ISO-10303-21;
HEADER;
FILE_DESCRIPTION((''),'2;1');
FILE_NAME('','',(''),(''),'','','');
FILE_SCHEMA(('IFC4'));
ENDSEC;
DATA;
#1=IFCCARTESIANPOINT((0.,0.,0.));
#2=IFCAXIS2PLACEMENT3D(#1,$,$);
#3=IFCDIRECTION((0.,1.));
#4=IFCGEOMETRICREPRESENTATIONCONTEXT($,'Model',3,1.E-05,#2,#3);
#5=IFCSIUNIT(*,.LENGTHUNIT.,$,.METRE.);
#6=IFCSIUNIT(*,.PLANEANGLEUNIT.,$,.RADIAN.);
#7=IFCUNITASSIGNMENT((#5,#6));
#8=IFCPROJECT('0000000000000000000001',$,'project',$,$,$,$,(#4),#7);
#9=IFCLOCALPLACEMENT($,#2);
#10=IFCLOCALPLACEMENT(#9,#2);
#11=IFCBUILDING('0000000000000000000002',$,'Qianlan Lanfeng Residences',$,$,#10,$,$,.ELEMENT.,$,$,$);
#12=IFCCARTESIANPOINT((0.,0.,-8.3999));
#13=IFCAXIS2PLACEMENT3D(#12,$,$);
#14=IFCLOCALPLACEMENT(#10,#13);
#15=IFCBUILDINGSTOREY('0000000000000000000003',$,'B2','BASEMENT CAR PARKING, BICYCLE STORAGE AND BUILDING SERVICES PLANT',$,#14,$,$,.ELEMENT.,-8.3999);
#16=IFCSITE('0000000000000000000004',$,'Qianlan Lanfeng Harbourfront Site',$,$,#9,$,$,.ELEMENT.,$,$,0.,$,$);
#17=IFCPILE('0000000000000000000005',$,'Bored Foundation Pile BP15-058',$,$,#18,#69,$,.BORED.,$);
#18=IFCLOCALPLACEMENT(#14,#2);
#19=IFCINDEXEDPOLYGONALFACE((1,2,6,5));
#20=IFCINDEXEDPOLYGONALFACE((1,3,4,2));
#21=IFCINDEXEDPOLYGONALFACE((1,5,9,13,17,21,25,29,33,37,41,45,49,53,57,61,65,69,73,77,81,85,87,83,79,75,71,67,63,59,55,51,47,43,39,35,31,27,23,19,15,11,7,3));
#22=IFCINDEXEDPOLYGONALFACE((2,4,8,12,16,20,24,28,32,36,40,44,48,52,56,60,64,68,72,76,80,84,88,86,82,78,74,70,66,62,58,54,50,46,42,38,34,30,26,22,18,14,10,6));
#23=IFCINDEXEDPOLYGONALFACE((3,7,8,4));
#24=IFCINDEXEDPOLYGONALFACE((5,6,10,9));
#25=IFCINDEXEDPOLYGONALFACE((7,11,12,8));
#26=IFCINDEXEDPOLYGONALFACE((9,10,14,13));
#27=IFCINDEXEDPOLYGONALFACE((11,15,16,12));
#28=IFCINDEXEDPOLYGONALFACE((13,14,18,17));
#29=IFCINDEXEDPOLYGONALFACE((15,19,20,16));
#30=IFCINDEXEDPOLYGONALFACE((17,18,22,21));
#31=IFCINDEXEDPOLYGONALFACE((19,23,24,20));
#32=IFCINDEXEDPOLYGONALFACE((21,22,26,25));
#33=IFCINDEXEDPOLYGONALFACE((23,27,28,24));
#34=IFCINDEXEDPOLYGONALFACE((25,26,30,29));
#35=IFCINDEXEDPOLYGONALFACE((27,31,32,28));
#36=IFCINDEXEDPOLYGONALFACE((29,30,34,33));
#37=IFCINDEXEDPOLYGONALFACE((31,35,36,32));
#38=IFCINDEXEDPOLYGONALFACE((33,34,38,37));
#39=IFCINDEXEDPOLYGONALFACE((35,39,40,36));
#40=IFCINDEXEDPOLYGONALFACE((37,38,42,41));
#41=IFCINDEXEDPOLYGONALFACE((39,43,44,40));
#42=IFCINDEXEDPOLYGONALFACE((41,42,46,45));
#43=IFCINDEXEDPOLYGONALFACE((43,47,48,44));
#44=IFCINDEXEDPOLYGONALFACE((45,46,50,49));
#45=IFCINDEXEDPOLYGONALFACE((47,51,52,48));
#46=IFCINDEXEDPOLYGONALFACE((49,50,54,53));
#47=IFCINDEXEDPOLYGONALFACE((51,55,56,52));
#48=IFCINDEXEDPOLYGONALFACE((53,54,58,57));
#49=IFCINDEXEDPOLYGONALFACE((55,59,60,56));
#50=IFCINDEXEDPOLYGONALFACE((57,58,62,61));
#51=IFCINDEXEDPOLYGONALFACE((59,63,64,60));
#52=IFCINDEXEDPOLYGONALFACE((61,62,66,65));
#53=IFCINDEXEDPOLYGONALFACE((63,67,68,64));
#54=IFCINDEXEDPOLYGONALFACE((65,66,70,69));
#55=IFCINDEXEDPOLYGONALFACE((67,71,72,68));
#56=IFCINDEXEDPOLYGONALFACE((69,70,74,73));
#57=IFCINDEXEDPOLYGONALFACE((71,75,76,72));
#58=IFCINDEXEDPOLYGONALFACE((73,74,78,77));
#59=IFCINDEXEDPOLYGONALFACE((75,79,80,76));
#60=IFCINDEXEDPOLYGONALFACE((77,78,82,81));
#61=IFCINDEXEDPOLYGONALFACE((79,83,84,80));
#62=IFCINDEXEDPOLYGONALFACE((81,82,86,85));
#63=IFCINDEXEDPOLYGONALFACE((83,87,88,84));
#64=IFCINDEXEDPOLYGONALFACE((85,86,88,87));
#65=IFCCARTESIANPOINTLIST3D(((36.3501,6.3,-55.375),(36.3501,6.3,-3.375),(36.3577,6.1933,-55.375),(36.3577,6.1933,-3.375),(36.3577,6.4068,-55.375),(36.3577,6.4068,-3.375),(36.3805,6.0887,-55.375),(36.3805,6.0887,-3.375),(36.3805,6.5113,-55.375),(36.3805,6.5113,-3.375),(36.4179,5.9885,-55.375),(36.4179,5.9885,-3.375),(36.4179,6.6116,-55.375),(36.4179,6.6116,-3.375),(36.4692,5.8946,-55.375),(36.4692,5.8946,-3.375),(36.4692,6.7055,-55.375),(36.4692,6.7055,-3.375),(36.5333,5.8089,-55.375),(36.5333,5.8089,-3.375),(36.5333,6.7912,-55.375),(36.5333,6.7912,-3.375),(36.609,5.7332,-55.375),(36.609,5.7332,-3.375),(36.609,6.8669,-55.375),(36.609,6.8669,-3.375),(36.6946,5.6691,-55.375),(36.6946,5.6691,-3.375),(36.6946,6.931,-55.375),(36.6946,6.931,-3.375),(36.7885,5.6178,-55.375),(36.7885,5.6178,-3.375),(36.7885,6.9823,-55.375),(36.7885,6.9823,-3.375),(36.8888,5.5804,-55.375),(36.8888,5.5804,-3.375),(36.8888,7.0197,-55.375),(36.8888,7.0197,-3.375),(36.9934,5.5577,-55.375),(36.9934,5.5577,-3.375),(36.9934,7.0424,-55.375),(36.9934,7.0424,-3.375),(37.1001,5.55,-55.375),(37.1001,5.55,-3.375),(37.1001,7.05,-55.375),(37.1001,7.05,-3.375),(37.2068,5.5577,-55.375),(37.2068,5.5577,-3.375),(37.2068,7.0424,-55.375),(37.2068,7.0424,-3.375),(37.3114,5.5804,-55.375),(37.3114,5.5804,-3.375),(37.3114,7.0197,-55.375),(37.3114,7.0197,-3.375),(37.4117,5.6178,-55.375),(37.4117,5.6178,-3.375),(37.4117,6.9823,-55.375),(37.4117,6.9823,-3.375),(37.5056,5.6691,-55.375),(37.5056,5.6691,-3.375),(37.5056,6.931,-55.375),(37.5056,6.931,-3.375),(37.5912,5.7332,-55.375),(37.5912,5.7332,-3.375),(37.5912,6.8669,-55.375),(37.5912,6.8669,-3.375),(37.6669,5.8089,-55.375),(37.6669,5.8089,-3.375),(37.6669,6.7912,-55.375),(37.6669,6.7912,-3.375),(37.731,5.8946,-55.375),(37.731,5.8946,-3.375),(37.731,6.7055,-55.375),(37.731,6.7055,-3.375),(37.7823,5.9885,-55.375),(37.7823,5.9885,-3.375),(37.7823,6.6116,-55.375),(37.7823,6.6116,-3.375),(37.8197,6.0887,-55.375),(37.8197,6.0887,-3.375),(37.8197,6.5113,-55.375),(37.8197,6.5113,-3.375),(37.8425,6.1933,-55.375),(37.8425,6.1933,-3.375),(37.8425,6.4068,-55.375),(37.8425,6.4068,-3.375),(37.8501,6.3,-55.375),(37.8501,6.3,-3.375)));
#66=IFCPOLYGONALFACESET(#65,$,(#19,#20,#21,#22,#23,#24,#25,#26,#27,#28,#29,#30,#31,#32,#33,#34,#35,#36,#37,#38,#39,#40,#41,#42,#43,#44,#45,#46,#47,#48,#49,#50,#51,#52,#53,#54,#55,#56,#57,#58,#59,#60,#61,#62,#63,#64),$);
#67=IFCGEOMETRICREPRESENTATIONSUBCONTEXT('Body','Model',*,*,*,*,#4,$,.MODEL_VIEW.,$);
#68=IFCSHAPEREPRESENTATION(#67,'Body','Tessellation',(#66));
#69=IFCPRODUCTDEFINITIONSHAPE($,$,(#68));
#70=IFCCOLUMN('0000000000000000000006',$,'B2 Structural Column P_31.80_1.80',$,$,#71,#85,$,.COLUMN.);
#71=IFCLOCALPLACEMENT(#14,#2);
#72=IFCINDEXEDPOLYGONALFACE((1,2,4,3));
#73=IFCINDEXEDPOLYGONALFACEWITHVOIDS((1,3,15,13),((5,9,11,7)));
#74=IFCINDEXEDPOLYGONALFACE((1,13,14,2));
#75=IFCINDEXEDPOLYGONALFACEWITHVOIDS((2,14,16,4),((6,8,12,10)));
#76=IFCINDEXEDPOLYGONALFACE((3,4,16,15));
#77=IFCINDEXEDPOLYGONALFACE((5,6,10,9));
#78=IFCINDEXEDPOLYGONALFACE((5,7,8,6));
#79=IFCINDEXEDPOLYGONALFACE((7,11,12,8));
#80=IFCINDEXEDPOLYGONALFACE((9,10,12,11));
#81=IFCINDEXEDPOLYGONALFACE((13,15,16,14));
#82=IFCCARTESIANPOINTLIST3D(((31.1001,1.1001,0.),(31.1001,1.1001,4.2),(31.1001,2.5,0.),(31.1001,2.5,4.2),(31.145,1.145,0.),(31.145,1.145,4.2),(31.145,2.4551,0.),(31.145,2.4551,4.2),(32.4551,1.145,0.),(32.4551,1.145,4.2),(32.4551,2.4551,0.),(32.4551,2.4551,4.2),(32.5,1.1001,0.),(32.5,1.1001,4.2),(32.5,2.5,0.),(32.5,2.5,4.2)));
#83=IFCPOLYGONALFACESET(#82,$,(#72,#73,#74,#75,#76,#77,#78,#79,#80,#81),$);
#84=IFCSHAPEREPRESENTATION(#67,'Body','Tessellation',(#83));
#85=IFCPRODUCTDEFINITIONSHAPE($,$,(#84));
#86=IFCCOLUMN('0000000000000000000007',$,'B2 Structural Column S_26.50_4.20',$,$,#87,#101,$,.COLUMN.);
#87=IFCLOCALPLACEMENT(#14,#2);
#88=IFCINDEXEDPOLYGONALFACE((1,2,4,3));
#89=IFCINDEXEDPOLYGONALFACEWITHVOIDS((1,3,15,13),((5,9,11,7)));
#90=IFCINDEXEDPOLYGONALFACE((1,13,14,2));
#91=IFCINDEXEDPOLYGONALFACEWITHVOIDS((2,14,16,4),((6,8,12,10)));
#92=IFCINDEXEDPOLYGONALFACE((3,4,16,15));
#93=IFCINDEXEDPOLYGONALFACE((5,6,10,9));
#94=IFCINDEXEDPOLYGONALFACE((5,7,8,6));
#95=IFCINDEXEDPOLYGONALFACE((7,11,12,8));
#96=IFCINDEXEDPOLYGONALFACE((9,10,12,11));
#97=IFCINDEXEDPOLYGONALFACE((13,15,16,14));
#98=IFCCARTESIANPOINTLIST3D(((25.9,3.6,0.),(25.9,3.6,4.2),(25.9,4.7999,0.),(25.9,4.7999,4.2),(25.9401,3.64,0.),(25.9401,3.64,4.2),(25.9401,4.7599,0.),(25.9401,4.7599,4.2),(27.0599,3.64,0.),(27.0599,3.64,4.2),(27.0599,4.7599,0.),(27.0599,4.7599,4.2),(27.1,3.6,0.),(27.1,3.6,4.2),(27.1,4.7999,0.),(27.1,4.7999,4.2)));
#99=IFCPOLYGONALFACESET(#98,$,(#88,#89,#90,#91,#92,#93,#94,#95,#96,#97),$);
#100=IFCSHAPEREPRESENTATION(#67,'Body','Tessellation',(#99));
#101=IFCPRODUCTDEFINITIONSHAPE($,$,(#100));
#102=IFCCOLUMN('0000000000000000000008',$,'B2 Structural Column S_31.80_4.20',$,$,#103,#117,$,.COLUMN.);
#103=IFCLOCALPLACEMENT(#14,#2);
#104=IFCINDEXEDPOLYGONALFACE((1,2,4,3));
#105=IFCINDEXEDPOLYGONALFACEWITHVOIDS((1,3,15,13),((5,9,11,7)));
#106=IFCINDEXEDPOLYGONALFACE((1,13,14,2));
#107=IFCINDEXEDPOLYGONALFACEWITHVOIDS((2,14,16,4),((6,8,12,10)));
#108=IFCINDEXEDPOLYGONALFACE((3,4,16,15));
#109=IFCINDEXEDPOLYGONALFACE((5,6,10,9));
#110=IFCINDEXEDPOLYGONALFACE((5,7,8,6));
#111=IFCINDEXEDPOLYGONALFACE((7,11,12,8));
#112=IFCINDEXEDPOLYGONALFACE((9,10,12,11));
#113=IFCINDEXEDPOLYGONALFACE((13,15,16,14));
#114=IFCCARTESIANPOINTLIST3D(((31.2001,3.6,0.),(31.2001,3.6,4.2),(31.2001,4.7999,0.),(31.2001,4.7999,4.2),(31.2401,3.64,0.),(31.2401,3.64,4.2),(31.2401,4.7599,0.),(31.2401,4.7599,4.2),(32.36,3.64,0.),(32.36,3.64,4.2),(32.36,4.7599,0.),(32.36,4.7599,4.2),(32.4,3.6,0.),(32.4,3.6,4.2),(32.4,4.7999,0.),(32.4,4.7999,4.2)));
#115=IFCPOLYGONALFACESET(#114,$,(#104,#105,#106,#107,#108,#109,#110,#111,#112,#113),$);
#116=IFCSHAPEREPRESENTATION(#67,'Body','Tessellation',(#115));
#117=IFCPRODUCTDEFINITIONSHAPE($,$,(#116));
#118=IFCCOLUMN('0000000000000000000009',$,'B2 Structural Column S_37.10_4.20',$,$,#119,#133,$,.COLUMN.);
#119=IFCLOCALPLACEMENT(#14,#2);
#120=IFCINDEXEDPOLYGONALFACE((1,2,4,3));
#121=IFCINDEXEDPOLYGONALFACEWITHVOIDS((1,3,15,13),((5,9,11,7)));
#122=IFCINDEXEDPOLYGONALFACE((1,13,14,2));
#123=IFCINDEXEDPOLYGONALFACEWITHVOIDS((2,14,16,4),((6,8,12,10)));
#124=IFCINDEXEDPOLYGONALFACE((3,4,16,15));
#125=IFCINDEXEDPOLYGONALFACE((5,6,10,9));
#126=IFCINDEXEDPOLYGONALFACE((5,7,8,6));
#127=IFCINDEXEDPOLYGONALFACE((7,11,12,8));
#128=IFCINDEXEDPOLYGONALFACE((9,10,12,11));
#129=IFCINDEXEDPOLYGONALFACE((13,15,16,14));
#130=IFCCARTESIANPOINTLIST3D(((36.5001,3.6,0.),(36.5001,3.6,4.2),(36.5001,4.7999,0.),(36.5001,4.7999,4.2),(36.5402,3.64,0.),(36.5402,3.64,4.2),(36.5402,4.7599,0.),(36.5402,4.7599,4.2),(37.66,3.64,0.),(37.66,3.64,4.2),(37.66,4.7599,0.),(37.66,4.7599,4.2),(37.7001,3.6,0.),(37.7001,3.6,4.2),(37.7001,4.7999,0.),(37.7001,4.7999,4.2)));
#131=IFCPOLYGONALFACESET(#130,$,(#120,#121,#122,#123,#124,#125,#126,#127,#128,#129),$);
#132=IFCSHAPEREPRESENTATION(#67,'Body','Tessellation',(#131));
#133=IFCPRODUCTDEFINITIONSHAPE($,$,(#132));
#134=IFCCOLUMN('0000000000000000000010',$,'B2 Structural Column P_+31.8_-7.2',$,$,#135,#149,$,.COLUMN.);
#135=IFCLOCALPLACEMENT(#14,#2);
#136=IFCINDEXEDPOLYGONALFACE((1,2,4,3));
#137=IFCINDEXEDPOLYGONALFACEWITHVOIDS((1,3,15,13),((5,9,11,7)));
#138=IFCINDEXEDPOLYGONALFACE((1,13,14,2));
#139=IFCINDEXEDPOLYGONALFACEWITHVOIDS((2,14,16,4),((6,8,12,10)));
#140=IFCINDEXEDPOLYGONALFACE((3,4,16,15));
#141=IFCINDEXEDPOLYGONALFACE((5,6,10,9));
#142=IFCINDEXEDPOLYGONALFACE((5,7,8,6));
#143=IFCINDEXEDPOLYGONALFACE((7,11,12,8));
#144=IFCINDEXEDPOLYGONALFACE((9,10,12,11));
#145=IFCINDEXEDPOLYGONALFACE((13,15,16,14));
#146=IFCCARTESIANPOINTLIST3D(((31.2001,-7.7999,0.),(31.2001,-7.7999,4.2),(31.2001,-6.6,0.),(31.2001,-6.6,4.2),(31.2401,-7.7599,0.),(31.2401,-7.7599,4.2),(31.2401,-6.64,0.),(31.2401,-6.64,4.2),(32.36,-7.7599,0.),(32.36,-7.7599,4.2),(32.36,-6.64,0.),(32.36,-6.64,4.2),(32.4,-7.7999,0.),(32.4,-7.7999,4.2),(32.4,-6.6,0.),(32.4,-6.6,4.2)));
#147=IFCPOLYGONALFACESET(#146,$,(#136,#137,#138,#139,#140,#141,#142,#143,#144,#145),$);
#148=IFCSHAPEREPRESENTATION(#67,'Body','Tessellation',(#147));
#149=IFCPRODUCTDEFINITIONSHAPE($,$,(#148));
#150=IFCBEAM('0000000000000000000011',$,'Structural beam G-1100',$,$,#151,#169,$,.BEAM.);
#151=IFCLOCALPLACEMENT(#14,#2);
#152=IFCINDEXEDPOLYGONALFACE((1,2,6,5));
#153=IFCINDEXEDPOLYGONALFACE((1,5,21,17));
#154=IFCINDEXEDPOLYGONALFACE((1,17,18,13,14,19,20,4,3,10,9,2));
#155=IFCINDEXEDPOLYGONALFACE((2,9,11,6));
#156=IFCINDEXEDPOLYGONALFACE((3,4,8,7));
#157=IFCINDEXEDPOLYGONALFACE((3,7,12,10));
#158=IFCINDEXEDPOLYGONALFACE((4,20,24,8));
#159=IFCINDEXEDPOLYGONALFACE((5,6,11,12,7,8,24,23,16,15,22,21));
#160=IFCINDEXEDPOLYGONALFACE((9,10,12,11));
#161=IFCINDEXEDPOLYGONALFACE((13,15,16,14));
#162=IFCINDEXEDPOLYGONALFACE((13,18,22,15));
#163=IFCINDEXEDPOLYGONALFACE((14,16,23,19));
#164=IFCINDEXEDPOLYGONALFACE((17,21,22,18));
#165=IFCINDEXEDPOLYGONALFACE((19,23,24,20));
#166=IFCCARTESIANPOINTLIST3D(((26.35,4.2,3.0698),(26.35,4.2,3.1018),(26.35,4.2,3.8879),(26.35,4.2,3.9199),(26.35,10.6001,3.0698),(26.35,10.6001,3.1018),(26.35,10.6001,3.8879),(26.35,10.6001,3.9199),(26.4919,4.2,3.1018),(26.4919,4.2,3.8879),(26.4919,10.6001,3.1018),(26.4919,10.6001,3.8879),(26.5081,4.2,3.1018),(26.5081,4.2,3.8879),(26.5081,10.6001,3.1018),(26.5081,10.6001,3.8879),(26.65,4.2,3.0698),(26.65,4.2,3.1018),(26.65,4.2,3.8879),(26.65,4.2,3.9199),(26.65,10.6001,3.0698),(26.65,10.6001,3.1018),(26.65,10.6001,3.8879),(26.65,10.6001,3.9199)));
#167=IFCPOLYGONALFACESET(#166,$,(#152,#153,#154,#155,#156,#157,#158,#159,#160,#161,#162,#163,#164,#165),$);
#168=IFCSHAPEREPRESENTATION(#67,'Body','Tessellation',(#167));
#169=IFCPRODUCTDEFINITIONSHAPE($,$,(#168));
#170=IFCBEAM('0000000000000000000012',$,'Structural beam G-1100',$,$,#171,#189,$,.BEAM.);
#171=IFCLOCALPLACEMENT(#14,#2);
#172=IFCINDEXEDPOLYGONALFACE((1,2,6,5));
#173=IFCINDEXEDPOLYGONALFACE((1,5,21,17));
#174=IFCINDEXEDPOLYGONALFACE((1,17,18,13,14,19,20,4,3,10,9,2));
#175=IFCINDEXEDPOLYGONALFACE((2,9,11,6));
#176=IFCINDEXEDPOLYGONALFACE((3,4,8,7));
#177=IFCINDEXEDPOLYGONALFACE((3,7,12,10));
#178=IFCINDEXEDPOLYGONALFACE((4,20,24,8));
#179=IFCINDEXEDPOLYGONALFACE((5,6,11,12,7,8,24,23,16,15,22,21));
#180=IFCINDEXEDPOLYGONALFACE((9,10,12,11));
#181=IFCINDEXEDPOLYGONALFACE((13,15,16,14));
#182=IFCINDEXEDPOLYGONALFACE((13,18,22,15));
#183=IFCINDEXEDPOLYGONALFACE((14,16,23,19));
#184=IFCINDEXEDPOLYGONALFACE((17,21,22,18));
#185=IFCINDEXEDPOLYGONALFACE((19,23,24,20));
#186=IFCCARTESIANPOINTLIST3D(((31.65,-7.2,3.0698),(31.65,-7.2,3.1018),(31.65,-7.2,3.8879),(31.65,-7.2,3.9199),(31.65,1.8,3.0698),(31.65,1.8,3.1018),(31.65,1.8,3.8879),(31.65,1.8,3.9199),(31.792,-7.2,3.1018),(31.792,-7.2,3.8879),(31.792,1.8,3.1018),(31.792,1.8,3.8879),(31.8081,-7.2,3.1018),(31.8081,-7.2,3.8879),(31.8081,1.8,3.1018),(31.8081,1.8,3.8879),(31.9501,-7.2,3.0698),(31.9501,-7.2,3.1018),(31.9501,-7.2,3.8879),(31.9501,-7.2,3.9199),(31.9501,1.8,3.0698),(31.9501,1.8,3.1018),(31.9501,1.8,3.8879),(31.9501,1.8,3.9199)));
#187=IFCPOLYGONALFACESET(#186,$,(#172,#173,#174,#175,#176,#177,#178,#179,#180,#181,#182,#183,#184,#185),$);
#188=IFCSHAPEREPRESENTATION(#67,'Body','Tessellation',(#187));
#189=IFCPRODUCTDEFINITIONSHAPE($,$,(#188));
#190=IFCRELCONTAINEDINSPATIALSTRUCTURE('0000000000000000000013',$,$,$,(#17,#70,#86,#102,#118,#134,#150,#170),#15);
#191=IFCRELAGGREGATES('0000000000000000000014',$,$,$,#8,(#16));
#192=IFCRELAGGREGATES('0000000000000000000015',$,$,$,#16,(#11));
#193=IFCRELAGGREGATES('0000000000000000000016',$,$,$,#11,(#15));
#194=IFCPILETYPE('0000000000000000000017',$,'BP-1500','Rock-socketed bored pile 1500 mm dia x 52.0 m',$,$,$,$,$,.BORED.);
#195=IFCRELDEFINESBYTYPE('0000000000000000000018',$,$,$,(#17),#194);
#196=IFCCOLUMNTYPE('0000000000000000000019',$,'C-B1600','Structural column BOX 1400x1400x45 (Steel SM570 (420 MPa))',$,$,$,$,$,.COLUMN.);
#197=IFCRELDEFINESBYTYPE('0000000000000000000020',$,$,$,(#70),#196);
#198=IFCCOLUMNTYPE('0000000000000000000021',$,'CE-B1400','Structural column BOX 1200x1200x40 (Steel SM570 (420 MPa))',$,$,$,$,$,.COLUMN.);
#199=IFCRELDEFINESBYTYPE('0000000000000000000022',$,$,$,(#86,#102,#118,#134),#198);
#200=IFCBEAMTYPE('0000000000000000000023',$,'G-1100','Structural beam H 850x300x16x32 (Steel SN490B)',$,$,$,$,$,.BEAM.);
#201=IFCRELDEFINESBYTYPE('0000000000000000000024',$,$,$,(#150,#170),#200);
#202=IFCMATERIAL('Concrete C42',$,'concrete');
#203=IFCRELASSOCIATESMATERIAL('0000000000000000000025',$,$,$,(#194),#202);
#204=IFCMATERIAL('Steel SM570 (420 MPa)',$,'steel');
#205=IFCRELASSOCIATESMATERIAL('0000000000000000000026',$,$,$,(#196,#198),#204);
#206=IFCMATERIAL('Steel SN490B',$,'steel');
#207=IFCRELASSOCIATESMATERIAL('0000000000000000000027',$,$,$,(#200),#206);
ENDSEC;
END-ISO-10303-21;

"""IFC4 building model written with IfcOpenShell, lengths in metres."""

from ifc_helpers import new_model, si_unit, direction, frame, origin, origin_2d, place, context, subcontext, project, spatial, hollow_rectangle, circle, i_section, extrude, material, material_profile, profile_set, type_object, element, save


model = new_model("IFC4")

# Units and contexts
model_context = context("Model", 3, precision=1e-05, world=origin(), true_north=direction((0.0, 1.0)))
body_context = subcontext(model_context, "Body", "Model", "MODEL_VIEW")
ifc_project = project(units=[si_unit("LENGTHUNIT", "METRE"), si_unit("PLANEANGLEUNIT", "RADIAN")], contexts=[model_context])

# Site, building, storey
site_placement = place(None, origin())
site = spatial("IfcSite", under=ifc_project, at=site_placement, Name="Qianlan Lanfeng Harbourfront Site", CompositionType="ELEMENT", RefElevation=0.0)
building_placement = place(site_placement, origin())
building = spatial("IfcBuilding", under=site, at=building_placement, Name="Qianlan Lanfeng Residences", CompositionType="ELEMENT")
storey_placement = place(building_placement, frame((0.0, 0.0, -8.3999)))
storey = spatial("IfcBuildingStorey", under=building, at=storey_placement, Name="B2", Description="BASEMENT CAR PARKING, BICYCLE STORAGE AND BUILDING SERVICES PLANT", CompositionType="ELEMENT", Elevation=-8.3999)

# Pile
ifc_material_1 = material(Name="Concrete C42", Category="concrete")
ifc_material_profile_1 = material_profile(ifc_material_1, circle(Radius=0.75, at=origin_2d()), Name="PILE D1500")
ifc_profile_set_1 = profile_set([ifc_material_profile_1], Name="Concrete C42")
pile_type_1 = type_object("IfcPileType", Name="BP-1500", Description="Rock-socketed bored pile 1500 mm dia x 52.0 m", PredefinedType="BORED", material=ifc_profile_set_1)
for number, where, z_axis, x_axis, name in (
    (1, (37.1001, 6.3, -3.375), (0.0, 0.0, -1.0), (1.0, 0.0, 0.0), "Bored Foundation Pile BP15-058"),
):
    element("IfcPile", number, at=place(storey_placement, frame(where, z_axis=z_axis, x_axis=x_axis)), inside=storey, type_object=pile_type_1, Name=name, PredefinedType="BORED", context=body_context, shape_type="SweptSolid", body=[
        extrude(circle(Radius=0.75, at=origin_2d()), origin(), (0.0, 0.0, 1.0), 52.0),
    ])

# Columns
ifc_material_2 = material(Name="Steel SM570 (420 MPa)", Category="steel")
ifc_material_profile_2 = material_profile(ifc_material_2, hollow_rectangle(XDim=1.3999, YDim=1.3999, WallThickness=0.0449, at=origin_2d()), Name="BOX 1400x1400x45")
ifc_profile_set_2 = profile_set([ifc_material_profile_2], Name="Steel SM570 (420 MPa)")
column_type_1 = type_object("IfcColumnType", Name="C-B1600", Description="Structural column BOX 1400x1400x45 (Steel SM570 (420 MPa))", PredefinedType="COLUMN", material=ifc_profile_set_2)
column_placement = place(storey_placement, frame((31.8, 1.8, 0.0), z_axis=(0.0, 0.0, 1.0), x_axis=(1.0, 0.0, 0.0)))
element("IfcColumn", 2, at=column_placement, inside=storey, type_object=column_type_1, Name="B2 Structural Column P_31.80_1.80", PredefinedType="COLUMN", context=body_context, shape_type="SweptSolid", body=[
    extrude(hollow_rectangle(XDim=1.3999, YDim=1.3999, WallThickness=0.0449, at=origin_2d()), origin(), (0.0, 0.0, 1.0), 4.2),
])
ifc_material_profile_3 = material_profile(ifc_material_2, hollow_rectangle(XDim=1.2, YDim=1.2, WallThickness=0.04, at=origin_2d()), Name="BOX 1200x1200x40")
ifc_profile_set_3 = profile_set([ifc_material_profile_3], Name="Steel SM570 (420 MPa)")
column_type_2 = type_object("IfcColumnType", Name="CE-B1400", Description="Structural column BOX 1200x1200x40 (Steel SM570 (420 MPa))", PredefinedType="COLUMN", material=ifc_profile_set_3)
for number, where, z_axis, x_axis, name in (
    (3, (26.5, 4.2, 0.0), (0.0, 0.0, 1.0), (1.0, 0.0, 0.0), "B2 Structural Column S_26.50_4.20"),
    (4, (31.8, 4.2, 0.0), (0.0, 0.0, 1.0), (1.0, 0.0, 0.0), "B2 Structural Column S_31.80_4.20"),
    (5, (37.1001, 4.2, 0.0), (0.0, 0.0, 1.0), (1.0, 0.0, 0.0), "B2 Structural Column S_37.10_4.20"),
    (6, (31.8, -7.2, 0.0), (0.0, 0.0, 1.0), (1.0, 0.0, 0.0), "B2 Structural Column P_+31.8_-7.2"),
):
    element("IfcColumn", number, at=place(storey_placement, frame(where, z_axis=z_axis, x_axis=x_axis)), inside=storey, type_object=column_type_2, Name=name, PredefinedType="COLUMN", context=body_context, shape_type="SweptSolid", body=[
        extrude(hollow_rectangle(XDim=1.2, YDim=1.2, WallThickness=0.04, at=origin_2d()), origin(), (0.0, 0.0, 1.0), 4.2),
    ])

# Beams
ifc_material_3 = material(Name="Steel SN490B", Category="steel")
ifc_material_profile_4 = material_profile(ifc_material_3, i_section(OverallWidth=0.3, OverallDepth=0.8501, WebThickness=0.0161, FlangeThickness=0.032, at=origin_2d()), Name="H 850x300x16x32")
ifc_profile_set_4 = profile_set([ifc_material_profile_4], Name="Steel SN490B")
beam_type_1 = type_object("IfcBeamType", Name="G-1100", Description="Structural beam H 850x300x16x32 (Steel SN490B)", PredefinedType="BEAM", material=ifc_profile_set_4)
beam_1_placement = place(storey_placement, frame((26.5, 4.2, 3.4949), z_axis=(0.0, 1.0, 0.0), x_axis=(-1.0, 0.0, 0.0)))
element("IfcBeam", 7, at=beam_1_placement, inside=storey, type_object=beam_type_1, Name="Structural beam G-1100", PredefinedType="BEAM", context=body_context, shape_type="SweptSolid", body=[
    extrude(i_section(OverallWidth=0.3, OverallDepth=0.8501, WebThickness=0.0161, FlangeThickness=0.032, at=origin_2d()), origin(), (0.0, 0.0, 1.0), 6.4001),
])
beam_2_placement = place(storey_placement, frame((31.8, -7.2, 3.4949), z_axis=(0.0, 1.0, 0.0), x_axis=(-1.0, 0.0, 0.0)))
element("IfcBeam", 8, at=beam_2_placement, inside=storey, type_object=beam_type_1, Name="Structural beam G-1100", PredefinedType="BEAM", context=body_context, shape_type="SweptSolid", body=[
    extrude(i_section(OverallWidth=0.3, OverallDepth=0.8501, WebThickness=0.0161, FlangeThickness=0.032, at=origin_2d()), origin(), (0.0, 0.0, 1.0), 9.0),
])

save(model, "model.ifc")
